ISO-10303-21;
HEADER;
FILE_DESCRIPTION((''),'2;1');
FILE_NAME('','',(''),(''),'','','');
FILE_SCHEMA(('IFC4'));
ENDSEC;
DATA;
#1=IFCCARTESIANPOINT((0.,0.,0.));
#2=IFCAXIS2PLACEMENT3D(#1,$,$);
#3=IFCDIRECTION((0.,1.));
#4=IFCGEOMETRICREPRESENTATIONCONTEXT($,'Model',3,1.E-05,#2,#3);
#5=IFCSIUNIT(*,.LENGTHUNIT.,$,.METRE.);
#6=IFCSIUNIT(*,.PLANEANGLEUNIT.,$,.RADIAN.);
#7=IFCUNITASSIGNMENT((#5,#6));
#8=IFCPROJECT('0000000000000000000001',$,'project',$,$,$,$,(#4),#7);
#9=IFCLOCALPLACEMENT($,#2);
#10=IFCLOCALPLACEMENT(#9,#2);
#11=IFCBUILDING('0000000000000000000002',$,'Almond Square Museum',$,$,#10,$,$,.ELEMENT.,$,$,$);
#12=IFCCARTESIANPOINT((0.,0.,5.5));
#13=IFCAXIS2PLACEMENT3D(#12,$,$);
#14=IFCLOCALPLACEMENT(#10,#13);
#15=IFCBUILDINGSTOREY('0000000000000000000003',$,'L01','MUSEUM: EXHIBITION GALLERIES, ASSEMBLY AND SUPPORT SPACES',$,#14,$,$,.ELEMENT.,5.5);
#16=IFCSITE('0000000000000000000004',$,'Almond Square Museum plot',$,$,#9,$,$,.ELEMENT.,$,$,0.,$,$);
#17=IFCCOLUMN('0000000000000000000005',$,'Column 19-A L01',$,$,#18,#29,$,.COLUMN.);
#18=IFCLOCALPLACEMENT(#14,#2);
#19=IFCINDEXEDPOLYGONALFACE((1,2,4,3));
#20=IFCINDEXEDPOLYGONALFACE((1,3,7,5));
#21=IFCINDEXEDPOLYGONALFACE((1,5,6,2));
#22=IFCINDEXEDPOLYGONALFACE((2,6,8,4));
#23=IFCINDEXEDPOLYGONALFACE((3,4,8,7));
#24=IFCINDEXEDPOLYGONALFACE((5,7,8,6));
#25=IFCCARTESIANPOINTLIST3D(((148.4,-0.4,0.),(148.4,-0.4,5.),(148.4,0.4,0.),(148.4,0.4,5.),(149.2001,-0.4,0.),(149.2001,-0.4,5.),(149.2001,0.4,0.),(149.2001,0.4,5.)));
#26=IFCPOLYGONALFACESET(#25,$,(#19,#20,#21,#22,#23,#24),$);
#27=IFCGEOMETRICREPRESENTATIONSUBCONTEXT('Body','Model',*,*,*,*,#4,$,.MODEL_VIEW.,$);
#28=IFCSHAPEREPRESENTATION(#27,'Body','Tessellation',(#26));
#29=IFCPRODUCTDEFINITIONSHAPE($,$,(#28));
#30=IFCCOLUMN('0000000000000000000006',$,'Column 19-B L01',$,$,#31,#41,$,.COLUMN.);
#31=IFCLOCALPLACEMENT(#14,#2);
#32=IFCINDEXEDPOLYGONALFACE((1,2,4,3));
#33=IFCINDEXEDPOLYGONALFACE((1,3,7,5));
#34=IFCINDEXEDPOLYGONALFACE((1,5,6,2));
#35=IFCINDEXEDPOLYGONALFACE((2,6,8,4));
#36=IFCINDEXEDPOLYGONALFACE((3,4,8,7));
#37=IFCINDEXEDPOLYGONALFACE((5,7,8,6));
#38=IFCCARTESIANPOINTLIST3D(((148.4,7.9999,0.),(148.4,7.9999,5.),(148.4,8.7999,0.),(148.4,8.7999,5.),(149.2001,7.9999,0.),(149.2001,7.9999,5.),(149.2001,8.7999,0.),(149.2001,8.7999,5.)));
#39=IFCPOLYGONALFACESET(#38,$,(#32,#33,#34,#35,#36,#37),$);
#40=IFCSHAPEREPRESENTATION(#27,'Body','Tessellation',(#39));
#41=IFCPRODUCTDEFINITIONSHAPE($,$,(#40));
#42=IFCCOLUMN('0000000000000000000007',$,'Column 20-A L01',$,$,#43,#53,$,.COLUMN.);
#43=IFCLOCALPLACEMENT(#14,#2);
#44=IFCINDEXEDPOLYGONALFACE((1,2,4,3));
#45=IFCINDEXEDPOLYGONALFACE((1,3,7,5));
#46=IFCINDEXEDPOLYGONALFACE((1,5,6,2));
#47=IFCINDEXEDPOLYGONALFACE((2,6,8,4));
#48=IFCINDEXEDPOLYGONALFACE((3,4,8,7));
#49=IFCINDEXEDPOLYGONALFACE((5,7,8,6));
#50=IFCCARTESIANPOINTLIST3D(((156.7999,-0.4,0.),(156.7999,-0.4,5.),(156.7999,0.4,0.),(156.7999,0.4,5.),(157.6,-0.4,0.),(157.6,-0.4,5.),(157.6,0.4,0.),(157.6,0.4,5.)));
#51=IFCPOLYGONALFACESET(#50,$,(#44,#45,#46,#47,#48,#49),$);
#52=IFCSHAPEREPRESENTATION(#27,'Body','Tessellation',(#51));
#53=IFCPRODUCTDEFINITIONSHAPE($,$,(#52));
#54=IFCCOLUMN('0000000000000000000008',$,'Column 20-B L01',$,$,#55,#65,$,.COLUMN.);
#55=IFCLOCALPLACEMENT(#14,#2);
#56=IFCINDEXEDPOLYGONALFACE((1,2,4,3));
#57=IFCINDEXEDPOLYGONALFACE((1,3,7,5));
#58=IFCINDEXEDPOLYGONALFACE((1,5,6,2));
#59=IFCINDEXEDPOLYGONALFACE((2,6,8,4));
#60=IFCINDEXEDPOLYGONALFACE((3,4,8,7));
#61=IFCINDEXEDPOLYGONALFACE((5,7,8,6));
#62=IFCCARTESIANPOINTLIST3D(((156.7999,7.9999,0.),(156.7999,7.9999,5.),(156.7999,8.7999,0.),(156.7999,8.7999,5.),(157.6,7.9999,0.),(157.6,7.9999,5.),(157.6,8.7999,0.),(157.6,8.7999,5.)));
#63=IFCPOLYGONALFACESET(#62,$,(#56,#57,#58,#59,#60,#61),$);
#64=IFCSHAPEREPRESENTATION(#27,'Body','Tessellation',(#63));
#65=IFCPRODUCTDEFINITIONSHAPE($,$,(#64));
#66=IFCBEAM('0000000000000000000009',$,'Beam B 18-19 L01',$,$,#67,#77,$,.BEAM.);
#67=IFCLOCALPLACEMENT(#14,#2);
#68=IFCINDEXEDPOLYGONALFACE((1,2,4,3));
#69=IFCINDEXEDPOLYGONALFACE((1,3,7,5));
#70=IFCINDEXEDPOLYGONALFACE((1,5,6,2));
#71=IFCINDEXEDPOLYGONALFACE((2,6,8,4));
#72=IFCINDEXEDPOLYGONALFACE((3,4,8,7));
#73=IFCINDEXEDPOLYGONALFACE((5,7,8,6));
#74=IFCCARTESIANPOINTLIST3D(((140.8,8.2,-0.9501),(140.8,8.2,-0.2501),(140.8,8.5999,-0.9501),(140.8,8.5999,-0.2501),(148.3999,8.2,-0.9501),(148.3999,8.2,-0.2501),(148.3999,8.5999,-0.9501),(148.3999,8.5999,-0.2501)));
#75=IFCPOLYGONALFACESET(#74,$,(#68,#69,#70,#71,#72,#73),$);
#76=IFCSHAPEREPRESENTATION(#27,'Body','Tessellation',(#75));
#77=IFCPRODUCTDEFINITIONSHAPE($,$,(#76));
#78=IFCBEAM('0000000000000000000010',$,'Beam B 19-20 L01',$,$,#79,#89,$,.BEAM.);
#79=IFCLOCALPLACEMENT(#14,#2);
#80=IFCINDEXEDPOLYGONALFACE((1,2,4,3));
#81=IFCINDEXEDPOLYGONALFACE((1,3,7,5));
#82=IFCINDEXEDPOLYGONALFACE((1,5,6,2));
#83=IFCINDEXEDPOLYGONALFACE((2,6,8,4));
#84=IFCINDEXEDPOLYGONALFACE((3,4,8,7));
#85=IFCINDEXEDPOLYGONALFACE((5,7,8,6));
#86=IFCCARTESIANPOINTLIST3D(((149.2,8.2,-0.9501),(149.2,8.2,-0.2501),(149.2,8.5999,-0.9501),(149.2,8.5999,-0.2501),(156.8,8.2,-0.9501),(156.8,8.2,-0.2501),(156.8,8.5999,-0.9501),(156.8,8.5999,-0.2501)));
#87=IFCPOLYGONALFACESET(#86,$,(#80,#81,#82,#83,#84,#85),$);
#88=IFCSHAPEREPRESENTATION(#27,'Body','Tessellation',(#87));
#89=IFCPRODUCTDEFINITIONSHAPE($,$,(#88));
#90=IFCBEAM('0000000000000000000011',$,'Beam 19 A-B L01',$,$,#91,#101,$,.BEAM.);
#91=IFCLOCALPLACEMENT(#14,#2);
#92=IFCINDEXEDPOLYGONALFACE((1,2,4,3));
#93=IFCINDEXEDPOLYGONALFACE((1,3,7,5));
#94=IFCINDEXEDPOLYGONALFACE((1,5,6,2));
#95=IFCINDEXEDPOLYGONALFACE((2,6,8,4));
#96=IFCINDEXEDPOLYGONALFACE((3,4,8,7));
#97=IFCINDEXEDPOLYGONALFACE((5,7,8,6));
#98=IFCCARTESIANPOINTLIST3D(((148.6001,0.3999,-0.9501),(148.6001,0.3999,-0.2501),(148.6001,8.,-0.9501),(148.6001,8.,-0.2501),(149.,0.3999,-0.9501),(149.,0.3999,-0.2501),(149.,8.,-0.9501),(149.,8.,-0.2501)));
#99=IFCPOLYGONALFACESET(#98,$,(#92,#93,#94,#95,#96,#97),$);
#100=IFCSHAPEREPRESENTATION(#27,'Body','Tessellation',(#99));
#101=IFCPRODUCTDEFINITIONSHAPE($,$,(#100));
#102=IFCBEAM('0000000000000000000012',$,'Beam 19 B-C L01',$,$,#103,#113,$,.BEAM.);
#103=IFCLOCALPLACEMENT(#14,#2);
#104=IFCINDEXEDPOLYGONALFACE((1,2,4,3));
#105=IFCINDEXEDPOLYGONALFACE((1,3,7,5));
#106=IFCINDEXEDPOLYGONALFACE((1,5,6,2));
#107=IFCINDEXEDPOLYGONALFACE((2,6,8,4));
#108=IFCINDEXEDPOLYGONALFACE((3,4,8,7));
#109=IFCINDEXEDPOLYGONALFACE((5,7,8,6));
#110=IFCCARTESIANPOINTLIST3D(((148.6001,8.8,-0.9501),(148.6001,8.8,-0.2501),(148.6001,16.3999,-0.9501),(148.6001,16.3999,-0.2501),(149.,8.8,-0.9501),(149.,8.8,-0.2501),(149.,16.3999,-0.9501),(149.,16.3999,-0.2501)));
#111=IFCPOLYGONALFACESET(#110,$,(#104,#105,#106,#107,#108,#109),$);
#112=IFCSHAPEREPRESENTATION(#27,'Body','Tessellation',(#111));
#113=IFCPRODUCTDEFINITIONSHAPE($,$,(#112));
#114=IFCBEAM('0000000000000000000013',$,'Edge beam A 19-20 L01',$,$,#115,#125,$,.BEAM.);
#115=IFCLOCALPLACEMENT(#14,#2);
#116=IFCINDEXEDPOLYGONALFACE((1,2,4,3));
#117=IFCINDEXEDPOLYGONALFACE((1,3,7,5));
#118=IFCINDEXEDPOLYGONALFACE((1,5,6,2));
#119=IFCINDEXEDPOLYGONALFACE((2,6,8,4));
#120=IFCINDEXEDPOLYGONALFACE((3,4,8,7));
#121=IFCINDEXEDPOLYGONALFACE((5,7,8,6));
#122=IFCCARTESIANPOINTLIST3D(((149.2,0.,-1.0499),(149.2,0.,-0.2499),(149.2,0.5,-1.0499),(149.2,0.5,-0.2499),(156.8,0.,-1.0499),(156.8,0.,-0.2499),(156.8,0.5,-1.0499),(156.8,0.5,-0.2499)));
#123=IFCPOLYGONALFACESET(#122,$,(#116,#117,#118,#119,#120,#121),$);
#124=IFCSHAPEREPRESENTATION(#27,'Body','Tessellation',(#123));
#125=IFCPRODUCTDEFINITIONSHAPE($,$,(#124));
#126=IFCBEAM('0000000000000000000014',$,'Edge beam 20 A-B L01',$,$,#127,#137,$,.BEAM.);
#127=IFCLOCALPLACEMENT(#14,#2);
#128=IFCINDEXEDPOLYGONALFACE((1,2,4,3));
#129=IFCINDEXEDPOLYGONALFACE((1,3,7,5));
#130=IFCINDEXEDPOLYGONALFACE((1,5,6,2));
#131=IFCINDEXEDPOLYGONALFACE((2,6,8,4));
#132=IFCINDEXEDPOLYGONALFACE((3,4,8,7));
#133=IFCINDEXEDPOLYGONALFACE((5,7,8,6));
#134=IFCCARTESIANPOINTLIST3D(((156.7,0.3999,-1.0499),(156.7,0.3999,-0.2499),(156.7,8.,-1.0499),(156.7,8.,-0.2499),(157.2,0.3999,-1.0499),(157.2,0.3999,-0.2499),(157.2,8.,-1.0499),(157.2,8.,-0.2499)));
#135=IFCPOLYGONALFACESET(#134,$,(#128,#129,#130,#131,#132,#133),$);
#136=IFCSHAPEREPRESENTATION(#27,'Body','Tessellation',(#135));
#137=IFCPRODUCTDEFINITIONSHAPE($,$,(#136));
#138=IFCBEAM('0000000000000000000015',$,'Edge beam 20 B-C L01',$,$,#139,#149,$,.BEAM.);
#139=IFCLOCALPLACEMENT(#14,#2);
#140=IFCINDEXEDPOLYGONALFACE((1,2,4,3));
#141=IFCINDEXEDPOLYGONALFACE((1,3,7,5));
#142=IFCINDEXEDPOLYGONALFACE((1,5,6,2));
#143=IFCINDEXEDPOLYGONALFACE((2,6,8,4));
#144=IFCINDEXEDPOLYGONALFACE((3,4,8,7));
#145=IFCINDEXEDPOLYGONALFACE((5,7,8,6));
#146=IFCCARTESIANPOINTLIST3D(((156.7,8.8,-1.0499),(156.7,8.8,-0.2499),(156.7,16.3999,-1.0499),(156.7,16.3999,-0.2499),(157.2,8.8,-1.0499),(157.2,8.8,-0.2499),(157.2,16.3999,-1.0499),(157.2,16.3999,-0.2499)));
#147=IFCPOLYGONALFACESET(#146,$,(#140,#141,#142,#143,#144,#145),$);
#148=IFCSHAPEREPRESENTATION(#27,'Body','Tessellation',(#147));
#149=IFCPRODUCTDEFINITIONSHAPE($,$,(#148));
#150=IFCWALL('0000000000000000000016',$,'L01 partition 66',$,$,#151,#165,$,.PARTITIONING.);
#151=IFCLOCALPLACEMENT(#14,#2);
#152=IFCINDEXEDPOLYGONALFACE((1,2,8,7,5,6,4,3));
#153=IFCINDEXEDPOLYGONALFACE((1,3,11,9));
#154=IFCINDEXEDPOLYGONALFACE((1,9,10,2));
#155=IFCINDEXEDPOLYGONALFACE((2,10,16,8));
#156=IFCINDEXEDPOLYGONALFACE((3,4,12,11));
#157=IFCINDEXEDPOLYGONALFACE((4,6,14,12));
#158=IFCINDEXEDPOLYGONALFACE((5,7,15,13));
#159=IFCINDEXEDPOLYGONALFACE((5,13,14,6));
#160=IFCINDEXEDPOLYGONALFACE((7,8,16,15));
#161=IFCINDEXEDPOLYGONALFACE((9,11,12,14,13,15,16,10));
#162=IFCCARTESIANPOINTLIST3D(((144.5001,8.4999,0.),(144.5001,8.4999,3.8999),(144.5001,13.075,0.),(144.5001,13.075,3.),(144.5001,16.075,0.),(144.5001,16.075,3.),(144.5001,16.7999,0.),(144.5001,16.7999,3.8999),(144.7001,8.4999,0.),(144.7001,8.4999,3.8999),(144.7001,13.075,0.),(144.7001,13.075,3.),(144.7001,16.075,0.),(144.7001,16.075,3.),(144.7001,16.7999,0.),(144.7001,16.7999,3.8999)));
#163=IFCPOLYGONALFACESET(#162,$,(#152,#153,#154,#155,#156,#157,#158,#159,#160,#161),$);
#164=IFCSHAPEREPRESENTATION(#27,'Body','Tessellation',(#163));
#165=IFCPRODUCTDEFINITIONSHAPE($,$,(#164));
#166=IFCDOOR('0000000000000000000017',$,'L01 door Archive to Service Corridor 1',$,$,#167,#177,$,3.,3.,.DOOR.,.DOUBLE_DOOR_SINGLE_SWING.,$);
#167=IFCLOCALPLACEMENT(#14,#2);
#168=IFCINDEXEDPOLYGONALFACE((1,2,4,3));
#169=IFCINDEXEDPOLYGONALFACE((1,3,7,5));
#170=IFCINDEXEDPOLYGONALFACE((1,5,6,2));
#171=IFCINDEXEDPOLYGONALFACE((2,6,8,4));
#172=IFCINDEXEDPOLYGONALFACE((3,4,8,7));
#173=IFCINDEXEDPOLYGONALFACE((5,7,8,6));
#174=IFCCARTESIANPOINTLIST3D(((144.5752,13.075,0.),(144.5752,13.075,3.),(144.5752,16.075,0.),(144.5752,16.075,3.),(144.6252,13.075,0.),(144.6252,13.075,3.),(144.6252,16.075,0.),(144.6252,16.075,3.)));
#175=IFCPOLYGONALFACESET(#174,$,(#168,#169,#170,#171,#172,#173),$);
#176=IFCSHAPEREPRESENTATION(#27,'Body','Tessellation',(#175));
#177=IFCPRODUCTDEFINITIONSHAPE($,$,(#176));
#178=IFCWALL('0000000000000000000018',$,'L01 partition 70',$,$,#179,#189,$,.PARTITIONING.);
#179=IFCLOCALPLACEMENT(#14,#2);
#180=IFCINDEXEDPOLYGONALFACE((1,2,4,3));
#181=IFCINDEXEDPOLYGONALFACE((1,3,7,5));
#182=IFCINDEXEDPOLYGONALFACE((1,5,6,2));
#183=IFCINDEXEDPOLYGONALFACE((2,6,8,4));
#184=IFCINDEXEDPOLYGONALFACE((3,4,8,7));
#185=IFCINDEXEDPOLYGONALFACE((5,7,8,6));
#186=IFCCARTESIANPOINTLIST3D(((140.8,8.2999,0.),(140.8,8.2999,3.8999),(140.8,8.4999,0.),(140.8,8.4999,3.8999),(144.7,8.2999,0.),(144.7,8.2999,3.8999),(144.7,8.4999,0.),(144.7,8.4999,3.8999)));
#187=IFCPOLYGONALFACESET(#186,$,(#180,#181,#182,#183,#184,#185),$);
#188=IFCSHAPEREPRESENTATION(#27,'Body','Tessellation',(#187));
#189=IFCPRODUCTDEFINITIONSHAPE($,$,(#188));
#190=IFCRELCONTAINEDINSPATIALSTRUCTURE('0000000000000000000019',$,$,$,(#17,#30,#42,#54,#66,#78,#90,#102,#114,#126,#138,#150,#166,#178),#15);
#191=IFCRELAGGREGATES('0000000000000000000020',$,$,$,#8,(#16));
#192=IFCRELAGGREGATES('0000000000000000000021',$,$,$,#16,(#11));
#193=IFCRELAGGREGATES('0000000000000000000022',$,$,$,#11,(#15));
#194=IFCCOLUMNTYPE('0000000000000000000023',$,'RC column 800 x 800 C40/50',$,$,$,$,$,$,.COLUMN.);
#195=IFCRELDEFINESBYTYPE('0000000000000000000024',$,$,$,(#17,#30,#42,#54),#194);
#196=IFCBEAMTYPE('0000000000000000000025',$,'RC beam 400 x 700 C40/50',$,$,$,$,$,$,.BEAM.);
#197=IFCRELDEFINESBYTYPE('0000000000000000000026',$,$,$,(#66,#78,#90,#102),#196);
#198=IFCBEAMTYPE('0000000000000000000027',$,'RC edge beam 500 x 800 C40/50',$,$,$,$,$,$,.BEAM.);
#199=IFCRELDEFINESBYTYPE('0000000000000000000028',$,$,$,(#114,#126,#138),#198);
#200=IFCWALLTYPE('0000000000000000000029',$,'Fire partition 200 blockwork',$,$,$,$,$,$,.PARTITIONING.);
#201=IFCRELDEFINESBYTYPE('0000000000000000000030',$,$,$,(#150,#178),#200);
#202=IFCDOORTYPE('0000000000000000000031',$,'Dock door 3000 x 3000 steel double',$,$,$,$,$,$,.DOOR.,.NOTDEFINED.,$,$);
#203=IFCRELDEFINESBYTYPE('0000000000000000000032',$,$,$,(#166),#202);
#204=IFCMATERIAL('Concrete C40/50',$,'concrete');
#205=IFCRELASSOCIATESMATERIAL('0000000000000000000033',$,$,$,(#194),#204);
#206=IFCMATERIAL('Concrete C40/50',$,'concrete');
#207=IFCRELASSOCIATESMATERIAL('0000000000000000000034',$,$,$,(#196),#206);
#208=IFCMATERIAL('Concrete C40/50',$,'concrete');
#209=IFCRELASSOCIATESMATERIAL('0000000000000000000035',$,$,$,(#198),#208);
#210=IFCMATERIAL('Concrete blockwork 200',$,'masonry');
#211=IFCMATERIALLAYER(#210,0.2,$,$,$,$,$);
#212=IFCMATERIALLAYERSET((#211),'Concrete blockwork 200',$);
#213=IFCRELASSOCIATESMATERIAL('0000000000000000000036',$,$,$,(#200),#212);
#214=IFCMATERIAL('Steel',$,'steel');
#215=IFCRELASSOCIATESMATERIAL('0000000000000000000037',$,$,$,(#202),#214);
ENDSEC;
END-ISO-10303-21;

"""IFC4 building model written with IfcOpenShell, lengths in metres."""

from ifc_helpers import new_model, si_unit, direction, frame, frame_2d, origin, origin_2d, place, context, subcontext, project, spatial, rectangle, extrude, material, layer, layer_set, material_profile, profile_set, type_object, element, fill, save


model = new_model("IFC4")

# Units and contexts
model_context = context("Model", 3, precision=1e-05, world=origin(), true_north=direction((0.0, 1.0)))
body_context = subcontext(model_context, "Body", "Model", "MODEL_VIEW")
ifc_project = project(units=[si_unit("LENGTHUNIT", "METRE"), si_unit("PLANEANGLEUNIT", "RADIAN")], contexts=[model_context])

# Site, building, storey
site_placement = place(None, origin())
site = spatial("IfcSite", under=ifc_project, at=site_placement, Name="Almond Square Museum plot", CompositionType="ELEMENT", RefElevation=0.0)
building_placement = place(site_placement, origin())
building = spatial("IfcBuilding", under=site, at=building_placement, Name="Almond Square Museum", CompositionType="ELEMENT")
storey_placement = place(building_placement, frame((0.0, 0.0, 5.5)))
storey = spatial("IfcBuildingStorey", under=building, at=storey_placement, Name="L01", Description="MUSEUM: EXHIBITION GALLERIES, ASSEMBLY AND SUPPORT SPACES", CompositionType="ELEMENT", Elevation=5.5)

# Columns
ifc_material_1 = material(Name="Concrete C40/50", Category="concrete")
ifc_material_profile_1 = material_profile(ifc_material_1, rectangle(XDim=0.8, YDim=0.8, at=origin_2d()))
ifc_profile_set_1 = profile_set([ifc_material_profile_1], Name="Concrete C40/50")
column_type = type_object("IfcColumnType", Name="RC column 800 x 800 C40/50", PredefinedType="COLUMN", material=ifc_profile_set_1)
for number, where, z_axis, x_axis, name in (
    (1, (148.8, 0.0, 0.0), (0.0, 0.0, 1.0), (1.0, 0.0, 0.0), "Column 19-A L01"),
    (2, (148.8, 8.3999, 0.0), (0.0, 0.0, 1.0), (1.0, 0.0, 0.0), "Column 19-B L01"),
    (3, (157.2, 0.0, 0.0), (0.0, 0.0, 1.0), (1.0, 0.0, 0.0), "Column 20-A L01"),
    (4, (157.2, 8.3999, 0.0), (0.0, 0.0, 1.0), (1.0, 0.0, 0.0), "Column 20-B L01"),
):
    element("IfcColumn", number, at=place(storey_placement, frame(where, z_axis=z_axis, x_axis=x_axis)), inside=storey, type_object=column_type, Name=name, PredefinedType="COLUMN", context=body_context, shape_type="SweptSolid", body=[
        extrude(rectangle(XDim=0.8, YDim=0.8, at=origin_2d()), origin(), (0.0, 0.0, 1.0), 5.0),
    ])

# Beams
ifc_material_2 = material(Name="Concrete C40/50", Category="concrete")
ifc_material_profile_2 = material_profile(ifc_material_2, rectangle(XDim=0.3999, YDim=0.7, at=origin_2d()))
ifc_profile_set_2 = profile_set([ifc_material_profile_2], Name="Concrete C40/50")
beam_type_1 = type_object("IfcBeamType", Name="RC beam 400 x 700 C40/50", PredefinedType="BEAM", material=ifc_profile_set_2)
beam_1_placement = place(storey_placement, frame((140.8, 8.3999, -0.6001), z_axis=(1.0, 0.0, 0.0), x_axis=(0.0, 1.0, 0.0)))
element("IfcBeam", 5, at=beam_1_placement, inside=storey, type_object=beam_type_1, Name="Beam B 18-19 L01", PredefinedType="BEAM", context=body_context, shape_type="SweptSolid", body=[
    extrude(rectangle(XDim=0.3999, YDim=0.7, at=origin_2d()), origin(), (0.0, 0.0, 1.0), 7.5999),
])
for number, where, z_axis, x_axis, name in (
    (6, (149.2, 8.3999, -0.6001), (1.0, 0.0, 0.0), (0.0, 1.0, 0.0), "Beam B 19-20 L01"),
    (7, (148.8, 0.3999, -0.6001), (0.0, 1.0, 0.0), (-1.0, 0.0, 0.0), "Beam 19 A-B L01"),
):
    element("IfcBeam", number, at=place(storey_placement, frame(where, z_axis=z_axis, x_axis=x_axis)), inside=storey, type_object=beam_type_1, Name=name, PredefinedType="BEAM", context=body_context, shape_type="SweptSolid", body=[
        extrude(rectangle(XDim=0.3999, YDim=0.7, at=origin_2d()), origin(), (0.0, 0.0, 1.0), 7.6001),
    ])
beam_2_placement = place(storey_placement, frame((148.8, 8.8, -0.6001), z_axis=(0.0, 1.0, 0.0), x_axis=(-1.0, 0.0, 0.0)))
element("IfcBeam", 8, at=beam_2_placement, inside=storey, type_object=beam_type_1, Name="Beam 19 B-C L01", PredefinedType="BEAM", context=body_context, shape_type="SweptSolid", body=[
    extrude(rectangle(XDim=0.3999, YDim=0.7, at=origin_2d()), origin(), (0.0, 0.0, 1.0), 7.5999),
])
ifc_material_3 = material(Name="Concrete C40/50", Category="concrete")
ifc_material_profile_3 = material_profile(ifc_material_3, rectangle(XDim=0.5, YDim=0.8, at=origin_2d()))
ifc_profile_set_3 = profile_set([ifc_material_profile_3], Name="Concrete C40/50")
beam_type_2 = type_object("IfcBeamType", Name="RC edge beam 500 x 800 C40/50", PredefinedType="BEAM", material=ifc_profile_set_3)
for number, where, z_axis, x_axis, name in (
    (9, (149.2, 0.25, -0.6499), (1.0, 0.0, 0.0), (0.0, 1.0, 0.0), "Edge beam A 19-20 L01"),
    (10, (156.95, 0.3999, -0.6499), (0.0, 1.0, 0.0), (-1.0, 0.0, 0.0), "Edge beam 20 A-B L01"),
):
    element("IfcBeam", number, at=place(storey_placement, frame(where, z_axis=z_axis, x_axis=x_axis)), inside=storey, type_object=beam_type_2, Name=name, PredefinedType="BEAM", context=body_context, shape_type="SweptSolid", body=[
        extrude(rectangle(XDim=0.5, YDim=0.8, at=origin_2d()), origin(), (0.0, 0.0, 1.0), 7.6001),
    ])
beam_3_placement = place(storey_placement, frame((156.95, 8.8, -0.6499), z_axis=(0.0, 1.0, 0.0), x_axis=(-1.0, 0.0, 0.0)))
element("IfcBeam", 11, at=beam_3_placement, inside=storey, type_object=beam_type_2, Name="Edge beam 20 B-C L01", PredefinedType="BEAM", context=body_context, shape_type="SweptSolid", body=[
    extrude(rectangle(XDim=0.5, YDim=0.8, at=origin_2d()), origin(), (0.0, 0.0, 1.0), 7.5999),
])

# Wall, opening, door
ifc_material_4 = material(Name="Concrete blockwork 200", Category="masonry")
ifc_layer_1 = layer(ifc_material_4, 0.2)
ifc_layer_set_1 = layer_set([ifc_layer_1], Name="Concrete blockwork 200")
wall_type_1 = type_object("IfcWallType", Name="Fire partition 200 blockwork", PredefinedType="PARTITIONING", material=ifc_layer_set_1)
wall_1_placement = place(storey_placement, frame((144.6001, 8.5, 0.0), z_axis=(0.0, 0.0, 1.0), x_axis=(0.0, 1.0, 0.0)))
wall_1 = element("IfcWall", 12, at=wall_1_placement, inside=storey, type_object=wall_type_1, Name="L01 partition 66", PredefinedType="PARTITIONING", context=body_context, shape_type="SweptSolid", body=[
    extrude(rectangle(XDim=8.3, YDim=0.2, at=frame_2d((4.1499, 0.0))), origin(), (0.0, 0.0, 1.0), 3.8999),
])
opening_placement = place(wall_1_placement, frame((4.575, 0.0, 0.0)))
opening = element("IfcOpeningElement", 13, at=opening_placement, cuts=wall_1, PredefinedType="OPENING", context=body_context, shape_type="SweptSolid", body=[
    extrude(rectangle(XDim=3.0, YDim=3.0, at=frame_2d((1.5, 1.5))), frame((0.0, 0.1099, 0.0), z_axis=(0.0, -1.0, 0.0), x_axis=(1.0, 0.0, 0.0)), (0.0, 0.0, 1.0), 0.22),
])
ifc_material_5 = material(Name="Steel", Category="steel")
door_type = type_object("IfcDoorType", Name="Dock door 3000 x 3000 steel double", OperationType="NOTDEFINED", PredefinedType="DOOR", material=ifc_material_5)
door_placement = place(opening_placement, origin())
door = element("IfcDoor", 14, at=door_placement, inside=storey, type_object=door_type, Name="L01 door Archive to Service Corridor 1", OperationType="DOUBLE_DOOR_SINGLE_SWING", OverallHeight=3.0, OverallWidth=3.0, PredefinedType="DOOR", context=body_context, shape_type="SweptSolid", body=[
    extrude(rectangle(XDim=3.0, YDim=3.0, at=frame_2d((1.5, 1.5))), frame((0.0, 0.0249, 0.0), z_axis=(0.0, -1.0, 0.0), x_axis=(1.0, 0.0, 0.0)), (0.0, 0.0, 1.0), 0.05),
])
fill(opening, door)

# Wall
wall_2_placement = place(storey_placement, frame((140.8, 8.3999, 0.0), z_axis=(0.0, 0.0, 1.0), x_axis=(1.0, 0.0, 0.0)))
element("IfcWall", 15, at=wall_2_placement, inside=storey, type_object=wall_type_1, Name="L01 partition 70", PredefinedType="PARTITIONING", context=body_context, shape_type="SweptSolid", body=[
    extrude(rectangle(XDim=3.8999, YDim=0.2, at=frame_2d((1.95, 0.0))), origin(), (0.0, 0.0, 1.0), 3.8999),
])

save(model, "model.ifc")
